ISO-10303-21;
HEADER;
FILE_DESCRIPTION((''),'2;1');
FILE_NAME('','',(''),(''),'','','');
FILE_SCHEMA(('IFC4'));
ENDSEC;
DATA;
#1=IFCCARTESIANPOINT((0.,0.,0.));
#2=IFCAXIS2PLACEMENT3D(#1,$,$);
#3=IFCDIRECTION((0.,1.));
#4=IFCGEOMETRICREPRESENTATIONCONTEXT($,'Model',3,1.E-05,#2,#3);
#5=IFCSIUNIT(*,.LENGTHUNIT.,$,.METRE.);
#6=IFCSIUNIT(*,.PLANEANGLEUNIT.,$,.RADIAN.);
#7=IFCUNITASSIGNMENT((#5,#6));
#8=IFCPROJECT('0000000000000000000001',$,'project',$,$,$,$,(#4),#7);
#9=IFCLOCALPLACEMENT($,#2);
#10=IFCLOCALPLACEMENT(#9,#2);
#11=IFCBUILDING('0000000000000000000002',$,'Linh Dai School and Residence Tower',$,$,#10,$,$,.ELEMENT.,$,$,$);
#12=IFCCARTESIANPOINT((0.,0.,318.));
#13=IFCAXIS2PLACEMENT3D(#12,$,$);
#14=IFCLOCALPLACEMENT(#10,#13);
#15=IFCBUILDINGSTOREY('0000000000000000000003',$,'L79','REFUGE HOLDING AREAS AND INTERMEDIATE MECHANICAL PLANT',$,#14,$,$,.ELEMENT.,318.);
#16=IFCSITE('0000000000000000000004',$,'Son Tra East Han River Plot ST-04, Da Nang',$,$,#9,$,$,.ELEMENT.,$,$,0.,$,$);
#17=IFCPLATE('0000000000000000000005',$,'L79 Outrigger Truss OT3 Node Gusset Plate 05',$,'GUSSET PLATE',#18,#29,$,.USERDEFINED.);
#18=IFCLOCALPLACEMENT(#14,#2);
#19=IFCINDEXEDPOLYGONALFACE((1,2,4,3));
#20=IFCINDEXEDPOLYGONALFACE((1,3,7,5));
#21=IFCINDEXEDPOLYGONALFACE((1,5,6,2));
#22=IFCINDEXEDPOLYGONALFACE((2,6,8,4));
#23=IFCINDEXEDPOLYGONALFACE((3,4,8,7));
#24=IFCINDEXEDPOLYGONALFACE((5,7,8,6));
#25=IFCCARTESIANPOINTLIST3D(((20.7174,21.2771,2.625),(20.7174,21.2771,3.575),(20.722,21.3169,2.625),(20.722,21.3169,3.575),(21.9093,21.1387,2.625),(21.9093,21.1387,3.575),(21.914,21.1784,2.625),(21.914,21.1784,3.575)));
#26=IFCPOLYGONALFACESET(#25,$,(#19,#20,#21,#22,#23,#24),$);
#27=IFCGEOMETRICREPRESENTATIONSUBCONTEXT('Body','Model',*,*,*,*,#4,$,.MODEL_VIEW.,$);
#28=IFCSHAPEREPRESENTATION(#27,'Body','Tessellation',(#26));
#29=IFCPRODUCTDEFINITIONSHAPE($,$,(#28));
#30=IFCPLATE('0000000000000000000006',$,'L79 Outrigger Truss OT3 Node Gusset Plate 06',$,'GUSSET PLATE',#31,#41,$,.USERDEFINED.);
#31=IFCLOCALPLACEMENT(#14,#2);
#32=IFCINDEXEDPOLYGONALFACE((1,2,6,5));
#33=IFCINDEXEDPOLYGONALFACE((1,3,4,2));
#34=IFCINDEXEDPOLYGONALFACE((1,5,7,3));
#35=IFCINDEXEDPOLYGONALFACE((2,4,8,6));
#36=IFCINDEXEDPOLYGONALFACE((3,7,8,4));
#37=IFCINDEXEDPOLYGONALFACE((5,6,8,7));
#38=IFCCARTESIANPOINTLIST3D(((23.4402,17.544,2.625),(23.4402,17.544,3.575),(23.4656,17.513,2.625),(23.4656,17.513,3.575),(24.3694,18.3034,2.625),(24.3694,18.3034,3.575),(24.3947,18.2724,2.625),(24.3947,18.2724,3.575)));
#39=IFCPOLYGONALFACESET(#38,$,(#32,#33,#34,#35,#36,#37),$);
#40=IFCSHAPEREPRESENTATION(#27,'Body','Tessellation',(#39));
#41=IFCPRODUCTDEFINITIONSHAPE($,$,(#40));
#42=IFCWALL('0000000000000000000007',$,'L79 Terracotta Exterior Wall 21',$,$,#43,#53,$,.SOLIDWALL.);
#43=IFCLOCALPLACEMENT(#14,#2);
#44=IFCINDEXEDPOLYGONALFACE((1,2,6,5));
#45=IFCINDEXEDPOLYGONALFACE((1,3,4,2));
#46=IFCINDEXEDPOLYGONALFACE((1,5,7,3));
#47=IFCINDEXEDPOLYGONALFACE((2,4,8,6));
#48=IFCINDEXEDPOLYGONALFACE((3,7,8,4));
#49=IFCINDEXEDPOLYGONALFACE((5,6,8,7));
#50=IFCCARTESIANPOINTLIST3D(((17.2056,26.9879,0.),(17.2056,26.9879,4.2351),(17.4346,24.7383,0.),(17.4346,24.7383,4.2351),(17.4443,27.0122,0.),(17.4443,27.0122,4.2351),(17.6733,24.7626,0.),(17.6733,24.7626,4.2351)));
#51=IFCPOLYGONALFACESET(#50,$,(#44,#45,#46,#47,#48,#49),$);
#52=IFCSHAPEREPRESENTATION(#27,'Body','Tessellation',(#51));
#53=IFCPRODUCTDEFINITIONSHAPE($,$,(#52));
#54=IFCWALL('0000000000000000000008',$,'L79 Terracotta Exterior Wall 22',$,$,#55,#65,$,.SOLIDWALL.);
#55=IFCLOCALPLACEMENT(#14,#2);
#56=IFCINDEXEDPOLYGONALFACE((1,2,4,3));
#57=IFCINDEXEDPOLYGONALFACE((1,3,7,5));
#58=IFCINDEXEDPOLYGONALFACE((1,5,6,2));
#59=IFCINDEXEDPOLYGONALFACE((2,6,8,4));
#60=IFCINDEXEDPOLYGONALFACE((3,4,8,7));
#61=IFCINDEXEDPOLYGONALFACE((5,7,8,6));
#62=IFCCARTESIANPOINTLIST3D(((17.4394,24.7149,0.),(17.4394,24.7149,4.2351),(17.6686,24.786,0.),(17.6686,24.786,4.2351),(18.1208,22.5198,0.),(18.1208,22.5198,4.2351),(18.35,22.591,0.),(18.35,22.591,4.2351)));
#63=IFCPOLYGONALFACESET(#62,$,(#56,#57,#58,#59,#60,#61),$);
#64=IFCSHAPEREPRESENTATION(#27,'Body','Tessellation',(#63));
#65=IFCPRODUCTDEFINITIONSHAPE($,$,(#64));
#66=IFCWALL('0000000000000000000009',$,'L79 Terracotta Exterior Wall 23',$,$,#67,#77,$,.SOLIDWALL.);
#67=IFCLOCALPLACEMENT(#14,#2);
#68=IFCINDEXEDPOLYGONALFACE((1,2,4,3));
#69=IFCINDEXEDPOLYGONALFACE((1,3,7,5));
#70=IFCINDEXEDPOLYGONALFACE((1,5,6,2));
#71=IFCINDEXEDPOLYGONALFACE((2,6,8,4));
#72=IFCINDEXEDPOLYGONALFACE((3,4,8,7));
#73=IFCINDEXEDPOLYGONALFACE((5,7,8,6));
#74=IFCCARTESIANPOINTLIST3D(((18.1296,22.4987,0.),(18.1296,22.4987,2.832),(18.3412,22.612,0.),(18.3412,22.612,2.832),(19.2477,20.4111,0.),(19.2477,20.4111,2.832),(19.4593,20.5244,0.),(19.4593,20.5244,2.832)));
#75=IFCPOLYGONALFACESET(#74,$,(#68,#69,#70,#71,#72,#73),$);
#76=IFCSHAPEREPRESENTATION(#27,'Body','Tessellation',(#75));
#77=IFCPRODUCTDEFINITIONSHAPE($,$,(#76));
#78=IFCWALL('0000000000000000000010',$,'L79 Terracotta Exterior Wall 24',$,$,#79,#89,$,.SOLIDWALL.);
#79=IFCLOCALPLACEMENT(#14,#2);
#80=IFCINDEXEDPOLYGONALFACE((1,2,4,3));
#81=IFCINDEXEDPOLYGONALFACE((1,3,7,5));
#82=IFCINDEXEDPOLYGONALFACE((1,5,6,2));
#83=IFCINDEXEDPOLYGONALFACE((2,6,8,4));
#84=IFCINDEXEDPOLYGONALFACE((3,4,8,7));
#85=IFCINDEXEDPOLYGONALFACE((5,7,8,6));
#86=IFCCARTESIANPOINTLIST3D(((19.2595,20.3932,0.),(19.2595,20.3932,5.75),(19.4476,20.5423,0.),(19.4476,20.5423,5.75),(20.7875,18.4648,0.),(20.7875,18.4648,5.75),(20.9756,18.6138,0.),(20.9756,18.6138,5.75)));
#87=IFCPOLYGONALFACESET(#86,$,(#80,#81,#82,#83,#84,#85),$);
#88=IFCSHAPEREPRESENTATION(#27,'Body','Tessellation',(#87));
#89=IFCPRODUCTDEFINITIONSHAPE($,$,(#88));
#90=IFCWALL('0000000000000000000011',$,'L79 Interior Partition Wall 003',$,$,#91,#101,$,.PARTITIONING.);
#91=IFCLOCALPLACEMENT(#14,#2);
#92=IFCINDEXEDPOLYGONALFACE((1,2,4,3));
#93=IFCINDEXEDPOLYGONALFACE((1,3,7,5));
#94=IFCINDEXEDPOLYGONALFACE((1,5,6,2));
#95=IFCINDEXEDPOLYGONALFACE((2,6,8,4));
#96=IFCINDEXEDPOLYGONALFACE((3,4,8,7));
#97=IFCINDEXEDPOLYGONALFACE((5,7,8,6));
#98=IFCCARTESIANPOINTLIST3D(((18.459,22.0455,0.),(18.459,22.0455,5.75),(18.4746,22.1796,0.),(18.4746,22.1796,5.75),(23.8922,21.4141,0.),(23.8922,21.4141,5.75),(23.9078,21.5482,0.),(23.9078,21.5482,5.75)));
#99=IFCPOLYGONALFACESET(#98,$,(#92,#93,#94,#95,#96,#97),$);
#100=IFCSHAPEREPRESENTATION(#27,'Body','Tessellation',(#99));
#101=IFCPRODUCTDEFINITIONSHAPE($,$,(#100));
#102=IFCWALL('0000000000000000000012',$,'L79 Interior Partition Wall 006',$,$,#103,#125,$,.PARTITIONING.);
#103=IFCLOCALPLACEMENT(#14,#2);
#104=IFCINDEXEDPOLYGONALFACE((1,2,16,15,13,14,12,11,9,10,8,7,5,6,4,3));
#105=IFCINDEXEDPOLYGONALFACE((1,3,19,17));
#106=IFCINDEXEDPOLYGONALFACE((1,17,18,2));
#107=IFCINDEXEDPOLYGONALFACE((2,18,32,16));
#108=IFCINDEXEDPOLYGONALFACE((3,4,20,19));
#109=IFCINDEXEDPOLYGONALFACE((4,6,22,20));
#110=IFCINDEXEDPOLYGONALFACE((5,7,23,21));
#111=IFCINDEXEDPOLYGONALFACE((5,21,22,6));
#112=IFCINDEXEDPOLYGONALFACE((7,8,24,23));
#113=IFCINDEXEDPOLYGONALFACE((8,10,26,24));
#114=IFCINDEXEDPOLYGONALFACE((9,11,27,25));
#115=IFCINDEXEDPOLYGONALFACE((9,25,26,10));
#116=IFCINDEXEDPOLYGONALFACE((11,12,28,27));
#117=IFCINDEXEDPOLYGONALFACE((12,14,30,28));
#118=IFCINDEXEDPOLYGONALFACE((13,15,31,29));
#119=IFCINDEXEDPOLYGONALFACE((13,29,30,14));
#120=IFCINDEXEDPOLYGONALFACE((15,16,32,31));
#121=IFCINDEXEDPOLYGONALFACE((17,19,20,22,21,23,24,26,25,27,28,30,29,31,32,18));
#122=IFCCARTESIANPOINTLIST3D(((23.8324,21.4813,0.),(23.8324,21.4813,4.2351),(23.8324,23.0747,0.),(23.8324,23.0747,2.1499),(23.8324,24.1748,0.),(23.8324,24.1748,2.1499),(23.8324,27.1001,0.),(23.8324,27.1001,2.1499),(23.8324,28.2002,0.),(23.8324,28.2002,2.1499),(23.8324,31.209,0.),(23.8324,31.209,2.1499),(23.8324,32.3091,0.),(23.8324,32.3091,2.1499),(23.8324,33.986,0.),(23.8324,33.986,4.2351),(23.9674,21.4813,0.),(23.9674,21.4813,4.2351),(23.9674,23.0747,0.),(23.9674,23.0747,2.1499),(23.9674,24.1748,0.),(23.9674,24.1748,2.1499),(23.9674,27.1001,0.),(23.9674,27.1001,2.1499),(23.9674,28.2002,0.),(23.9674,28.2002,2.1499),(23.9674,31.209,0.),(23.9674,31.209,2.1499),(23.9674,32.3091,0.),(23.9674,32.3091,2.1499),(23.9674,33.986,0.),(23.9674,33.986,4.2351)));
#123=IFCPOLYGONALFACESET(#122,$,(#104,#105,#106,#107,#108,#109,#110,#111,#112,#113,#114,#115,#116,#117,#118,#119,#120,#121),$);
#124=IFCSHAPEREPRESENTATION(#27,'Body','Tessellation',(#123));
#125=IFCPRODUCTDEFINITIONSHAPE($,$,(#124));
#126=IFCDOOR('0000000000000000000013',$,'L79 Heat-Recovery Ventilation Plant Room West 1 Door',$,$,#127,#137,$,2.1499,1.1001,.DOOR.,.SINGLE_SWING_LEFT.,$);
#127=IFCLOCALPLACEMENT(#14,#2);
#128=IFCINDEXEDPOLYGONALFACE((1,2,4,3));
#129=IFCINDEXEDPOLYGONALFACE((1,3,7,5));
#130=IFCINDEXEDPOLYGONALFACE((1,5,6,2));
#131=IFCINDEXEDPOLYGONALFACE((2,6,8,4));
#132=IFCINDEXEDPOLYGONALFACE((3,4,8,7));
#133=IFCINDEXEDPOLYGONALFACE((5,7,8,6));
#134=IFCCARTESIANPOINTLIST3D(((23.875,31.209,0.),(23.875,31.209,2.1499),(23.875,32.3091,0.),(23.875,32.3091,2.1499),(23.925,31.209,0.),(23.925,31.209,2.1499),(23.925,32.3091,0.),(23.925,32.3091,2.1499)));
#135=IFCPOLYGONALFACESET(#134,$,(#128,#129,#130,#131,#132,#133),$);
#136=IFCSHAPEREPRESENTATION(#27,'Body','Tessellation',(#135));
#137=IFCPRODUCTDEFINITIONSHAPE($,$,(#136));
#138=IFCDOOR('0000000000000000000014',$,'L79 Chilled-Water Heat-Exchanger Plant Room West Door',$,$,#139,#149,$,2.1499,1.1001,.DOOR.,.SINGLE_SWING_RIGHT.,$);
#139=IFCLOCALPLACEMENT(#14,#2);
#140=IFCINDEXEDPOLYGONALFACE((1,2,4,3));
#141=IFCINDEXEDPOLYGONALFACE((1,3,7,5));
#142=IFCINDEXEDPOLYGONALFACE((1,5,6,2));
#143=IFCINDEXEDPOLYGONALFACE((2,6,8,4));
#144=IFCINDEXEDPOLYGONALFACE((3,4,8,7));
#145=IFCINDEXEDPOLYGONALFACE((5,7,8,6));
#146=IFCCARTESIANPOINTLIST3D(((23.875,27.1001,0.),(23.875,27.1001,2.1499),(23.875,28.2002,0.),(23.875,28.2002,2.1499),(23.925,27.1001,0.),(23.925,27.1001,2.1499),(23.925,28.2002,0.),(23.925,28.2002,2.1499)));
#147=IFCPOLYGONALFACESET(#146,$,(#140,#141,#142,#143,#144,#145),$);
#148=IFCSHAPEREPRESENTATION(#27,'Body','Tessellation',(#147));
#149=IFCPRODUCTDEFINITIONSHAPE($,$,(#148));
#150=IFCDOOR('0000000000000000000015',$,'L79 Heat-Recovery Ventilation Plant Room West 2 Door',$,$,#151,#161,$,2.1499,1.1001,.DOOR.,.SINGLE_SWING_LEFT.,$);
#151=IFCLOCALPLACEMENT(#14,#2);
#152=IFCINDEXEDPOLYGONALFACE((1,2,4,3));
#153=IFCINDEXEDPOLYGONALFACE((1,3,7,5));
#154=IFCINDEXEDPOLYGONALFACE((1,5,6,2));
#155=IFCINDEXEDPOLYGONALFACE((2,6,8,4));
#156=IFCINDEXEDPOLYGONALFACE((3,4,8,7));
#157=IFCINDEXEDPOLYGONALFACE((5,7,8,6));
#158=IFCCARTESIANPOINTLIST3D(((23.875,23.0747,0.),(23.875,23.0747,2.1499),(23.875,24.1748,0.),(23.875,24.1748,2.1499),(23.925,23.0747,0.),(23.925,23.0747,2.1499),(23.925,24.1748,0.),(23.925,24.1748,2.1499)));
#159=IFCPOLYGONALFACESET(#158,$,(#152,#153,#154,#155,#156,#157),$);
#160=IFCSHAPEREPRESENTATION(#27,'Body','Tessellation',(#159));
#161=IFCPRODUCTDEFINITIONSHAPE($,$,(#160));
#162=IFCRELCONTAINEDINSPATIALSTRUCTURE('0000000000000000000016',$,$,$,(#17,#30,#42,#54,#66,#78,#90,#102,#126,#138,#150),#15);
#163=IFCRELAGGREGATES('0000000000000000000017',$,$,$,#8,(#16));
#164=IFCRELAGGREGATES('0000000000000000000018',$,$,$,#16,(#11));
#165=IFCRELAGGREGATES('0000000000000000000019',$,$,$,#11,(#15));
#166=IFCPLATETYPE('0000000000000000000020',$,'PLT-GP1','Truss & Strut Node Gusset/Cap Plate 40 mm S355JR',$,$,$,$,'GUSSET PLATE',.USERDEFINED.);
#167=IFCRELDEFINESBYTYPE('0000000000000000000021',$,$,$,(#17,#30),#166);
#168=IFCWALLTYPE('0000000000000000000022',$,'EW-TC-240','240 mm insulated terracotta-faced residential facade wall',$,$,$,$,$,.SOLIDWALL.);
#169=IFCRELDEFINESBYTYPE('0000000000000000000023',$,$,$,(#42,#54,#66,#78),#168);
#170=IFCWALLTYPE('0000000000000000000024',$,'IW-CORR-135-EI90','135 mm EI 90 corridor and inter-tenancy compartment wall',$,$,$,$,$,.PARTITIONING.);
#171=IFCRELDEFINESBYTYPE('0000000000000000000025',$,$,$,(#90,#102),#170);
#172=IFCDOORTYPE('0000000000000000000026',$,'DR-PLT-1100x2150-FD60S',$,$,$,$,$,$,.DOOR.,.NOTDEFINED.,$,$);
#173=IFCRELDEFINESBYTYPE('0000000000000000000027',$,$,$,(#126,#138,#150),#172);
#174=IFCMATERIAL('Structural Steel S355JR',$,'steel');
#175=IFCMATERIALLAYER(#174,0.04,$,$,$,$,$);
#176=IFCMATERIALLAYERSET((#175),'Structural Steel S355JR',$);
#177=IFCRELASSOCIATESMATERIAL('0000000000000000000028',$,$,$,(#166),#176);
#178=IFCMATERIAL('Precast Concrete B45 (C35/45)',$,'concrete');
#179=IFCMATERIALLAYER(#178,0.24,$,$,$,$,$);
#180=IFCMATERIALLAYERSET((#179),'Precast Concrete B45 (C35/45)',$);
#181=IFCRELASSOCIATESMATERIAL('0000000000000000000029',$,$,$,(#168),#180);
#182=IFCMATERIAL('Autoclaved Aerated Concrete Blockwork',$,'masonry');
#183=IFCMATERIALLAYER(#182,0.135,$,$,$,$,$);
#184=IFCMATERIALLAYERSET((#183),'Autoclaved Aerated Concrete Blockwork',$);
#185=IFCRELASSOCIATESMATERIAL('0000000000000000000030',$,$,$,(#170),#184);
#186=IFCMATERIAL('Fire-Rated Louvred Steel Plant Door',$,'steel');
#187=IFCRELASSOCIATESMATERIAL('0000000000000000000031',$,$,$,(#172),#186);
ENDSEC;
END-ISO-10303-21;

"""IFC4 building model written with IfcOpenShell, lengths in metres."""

from ifc_helpers import new_model, si_unit, direction, frame, frame_2d, origin, origin_2d, place, context, subcontext, project, spatial, rectangle, extrude, source, transform, mapped, material, layer, layer_set, type_object, element, fill, save


model = new_model("IFC4")

# Units and contexts
model_context = context("Model", 3, precision=1e-05, world=origin(), true_north=direction((0.0, 1.0)))
body_context = subcontext(model_context, "Body", "Model", "MODEL_VIEW")
ifc_project = project(units=[si_unit("LENGTHUNIT", "METRE"), si_unit("PLANEANGLEUNIT", "RADIAN")], contexts=[model_context])

# Site, building, storey
site_placement = place(None, origin())
site = spatial("IfcSite", under=ifc_project, at=site_placement, Name="Son Tra East Han River Plot ST-04, Da Nang", CompositionType="ELEMENT", RefElevation=0.0)
building_placement = place(site_placement, origin())
building = spatial("IfcBuilding", under=site, at=building_placement, Name="Linh Dai School and Residence Tower", CompositionType="ELEMENT")
storey_placement = place(building_placement, frame((0.0, 0.0, 318.0)))
storey = spatial("IfcBuildingStorey", under=building, at=storey_placement, Name="L79", Description="REFUGE HOLDING AREAS AND INTERMEDIATE MECHANICAL PLANT", CompositionType="ELEMENT", Elevation=318.0)

# Shared definitions
ifc_material_1 = material(Name="Structural Steel S355JR", Category="steel")

# Plates
ifc_layer_1 = layer(ifc_material_1, 0.04)
ifc_layer_set_1 = layer_set([ifc_layer_1], Name="Structural Steel S355JR")
plate_type = type_object("IfcPlateType", Name="PLT-GP1", Description="Truss & Strut Node Gusset/Cap Plate 40 mm S355JR", ElementType="GUSSET PLATE", PredefinedType="USERDEFINED", material=ifc_layer_set_1)
shared_shape_1 = source(origin(), body_context, "Body", "SweptSolid", [
    extrude(rectangle(XDim=1.2, YDim=0.04, at=origin_2d()), origin(), (0.0, 0.0, 1.0), 0.95),
])
for number, where, z_axis, x_axis, name in (
    (1, (21.3157, 21.2278, 2.625), (0.0, 0.0, 1.0), (-0.993319, 0.1154, 0.0), "L79 Outrigger Truss OT3 Node Gusset Plate 05"),
    (2, (23.9175, 17.9082, 2.625), (0.0, 0.0, 1.0), (-0.774325, -0.632789, 0.0), "L79 Outrigger Truss OT3 Node Gusset Plate 06"),
):
    element("IfcPlate", number, at=place(storey_placement, frame(where, z_axis=z_axis, x_axis=x_axis)), inside=storey, type_object=plate_type, Name=name, ObjectType="GUSSET PLATE", PredefinedType="USERDEFINED", context=body_context, shape_type="MappedRepresentation", body=[
        mapped(shared_shape_1, transform((0.0, 0.0, 0.0), x_axis=(1.0, 0.0, 0.0), y_axis=(0.0, 1.0, 0.0), z_axis=(0.0, 0.0, 1.0), scale=1.0)),
    ])

# Walls
ifc_material_2 = material(Name="Precast Concrete B45 (C35/45)", Category="concrete")
ifc_layer_2 = layer(ifc_material_2, 0.24)
ifc_layer_set_2 = layer_set([ifc_layer_2], Name="Precast Concrete B45 (C35/45)")
wall_type_1 = type_object("IfcWallType", Name="EW-TC-240", Description="240 mm insulated terracotta-faced residential facade wall", PredefinedType="SOLIDWALL", material=ifc_layer_set_2)
wall_1_placement = place(storey_placement, frame((17.554, 24.7505, 0.0), z_axis=(0.0, 0.0, 1.0), x_axis=(-0.101278, 0.994858, 0.0)))
element("IfcWall", 3, at=wall_1_placement, inside=storey, type_object=wall_type_1, Name="L79 Terracotta Exterior Wall 21", PredefinedType="SOLIDWALL", context=body_context, shape_type="SweptSolid", body=[
    extrude(rectangle(XDim=2.2612, YDim=0.24, at=frame_2d((1.1306, 0.0))), origin(), (0.0, 0.0, 1.0), 4.2351),
])
wall_2_placement = place(storey_placement, frame((18.2354, 22.5554, 0.0), z_axis=(0.0, 0.0, 1.0), x_axis=(-0.296466, 0.955043, 0.0)))
element("IfcWall", 4, at=wall_2_placement, inside=storey, type_object=wall_type_1, Name="L79 Terracotta Exterior Wall 22", PredefinedType="SOLIDWALL", context=body_context, shape_type="SweptSolid", body=[
    extrude(rectangle(XDim=2.2983, YDim=0.24, at=frame_2d((1.1492, 0.0))), origin(), (0.0, 0.0, 1.0), 4.2351),
])
wall_3_placement = place(storey_placement, frame((19.3535, 20.4678, 0.0), z_axis=(0.0, 0.0, 1.0), x_axis=(-0.47215, 0.881518, 0.0)))
element("IfcWall", 5, at=wall_3_placement, inside=storey, type_object=wall_type_1, Name="L79 Terracotta Exterior Wall 23", PredefinedType="SOLIDWALL", context=body_context, shape_type="SweptSolid", body=[
    extrude(rectangle(XDim=2.3682, YDim=0.24, at=frame_2d((1.1841, 0.0))), origin(), (0.0, 0.0, 1.0), 2.832),
])
wall_4_placement = place(storey_placement, frame((20.8816, 18.5393, 0.0), z_axis=(0.0, 0.0, 1.0), x_axis=(-0.621046, 0.783774, 0.0)))
element("IfcWall", 6, at=wall_4_placement, inside=storey, type_object=wall_type_1, Name="L79 Terracotta Exterior Wall 24", PredefinedType="SOLIDWALL", context=body_context, shape_type="SweptSolid", body=[
    extrude(rectangle(XDim=2.4604, YDim=0.24, at=frame_2d((1.2302, 0.0))), origin(), (0.0, 0.0, 1.0), 5.75),
])
ifc_material_3 = material(Name="Autoclaved Aerated Concrete Blockwork", Category="masonry")
ifc_layer_3 = layer(ifc_material_3, 0.135)
ifc_layer_set_3 = layer_set([ifc_layer_3], Name="Autoclaved Aerated Concrete Blockwork")
wall_type_2 = type_object("IfcWallType", Name="IW-CORR-135-EI90", Description="135 mm EI 90 corridor and inter-tenancy compartment wall", PredefinedType="PARTITIONING", material=ifc_layer_set_3)
wall_5_placement = place(storey_placement, frame((18.4668, 22.1125, 0.0), z_axis=(0.0, 0.0, 1.0), x_axis=(0.993316, -0.115427, 0.0)))
element("IfcWall", 7, at=wall_5_placement, inside=storey, type_object=wall_type_2, Name="L79 Interior Partition Wall 003", PredefinedType="PARTITIONING", context=body_context, shape_type="SweptSolid", body=[
    extrude(rectangle(XDim=5.4697, YDim=0.135, at=frame_2d((2.7349, 0.0))), origin(), (0.0, 0.0, 1.0), 5.75),
])

# Wall, openings, doors
wall_6_placement = place(storey_placement, frame((23.8999, 21.4812, 0.0), z_axis=(0.0, 0.0, 1.0), x_axis=(0.0, 1.0, 0.0)))
wall_6 = element("IfcWall", 8, at=wall_6_placement, inside=storey, type_object=wall_type_2, Name="L79 Interior Partition Wall 006", PredefinedType="PARTITIONING", context=body_context, shape_type="SweptSolid", body=[
    extrude(rectangle(XDim=12.5046, YDim=0.135, at=frame_2d((6.2524, 0.0))), origin(), (0.0, 0.0, 1.0), 4.2351),
])
opening_1_placement = place(wall_6_placement, frame((9.7278, 0.0, 0.0)))
opening_1 = element("IfcOpeningElement", 9, at=opening_1_placement, cuts=wall_6, PredefinedType="OPENING", context=body_context, shape_type="SweptSolid", body=[
    extrude(rectangle(XDim=1.1001, YDim=2.1499, at=origin_2d()), frame((0.55, 0.0776, 1.075), z_axis=(0.0, -1.0, 0.0), x_axis=(1.0, 0.0, 0.0)), (0.0, 0.0, 1.0), 0.155),
])
opening_2_placement = place(wall_6_placement, frame((5.6189, 0.0, 0.0)))
opening_2 = element("IfcOpeningElement", 10, at=opening_2_placement, cuts=wall_6, PredefinedType="OPENING", context=body_context, shape_type="SweptSolid", body=[
    extrude(rectangle(XDim=1.1001, YDim=2.1499, at=origin_2d()), frame((0.55, 0.0776, 1.075), z_axis=(0.0, -1.0, 0.0), x_axis=(1.0, 0.0, 0.0)), (0.0, 0.0, 1.0), 0.155),
])
opening_3_placement = place(wall_6_placement, frame((1.5935, 0.0, 0.0)))
opening_3 = element("IfcOpeningElement", 11, at=opening_3_placement, cuts=wall_6, PredefinedType="OPENING", context=body_context, shape_type="SweptSolid", body=[
    extrude(rectangle(XDim=1.1001, YDim=2.1499, at=origin_2d()), frame((0.55, 0.0776, 1.075), z_axis=(0.0, -1.0, 0.0), x_axis=(1.0, 0.0, 0.0)), (0.0, 0.0, 1.0), 0.155),
])
ifc_material_4 = material(Name="Fire-Rated Louvred Steel Plant Door", Category="steel")
door_type = type_object("IfcDoorType", Name="DR-PLT-1100x2150-FD60S", OperationType="NOTDEFINED", PredefinedType="DOOR", material=ifc_material_4)
shared_shape_2 = source(origin(), body_context, "Body", "SweptSolid", [
    extrude(rectangle(XDim=1.1001, YDim=2.1499, at=origin_2d()), frame((0.55, 0.0249, 1.075), z_axis=(0.0, -1.0, 0.0), x_axis=(1.0, 0.0, 0.0)), (0.0, 0.0, 1.0), 0.05),
])
door_1_placement = place(opening_1_placement, origin())
door_1 = element("IfcDoor", 12, at=door_1_placement, inside=storey, type_object=door_type, Name="L79 Heat-Recovery Ventilation Plant Room West 1 Door", OperationType="SINGLE_SWING_LEFT", OverallHeight=2.1499, OverallWidth=1.1001, PredefinedType="DOOR", context=body_context, shape_type="MappedRepresentation", body=[
    mapped(shared_shape_2, transform((0.0, 0.0, 0.0), x_axis=(1.0, 0.0, 0.0), y_axis=(0.0, 1.0, 0.0), z_axis=(0.0, 0.0, 1.0), scale=1.0)),
])
fill(opening_1, door_1)
door_2_placement = place(opening_2_placement, origin())
door_2 = element("IfcDoor", 13, at=door_2_placement, inside=storey, type_object=door_type, Name="L79 Chilled-Water Heat-Exchanger Plant Room West Door", OperationType="SINGLE_SWING_RIGHT", OverallHeight=2.1499, OverallWidth=1.1001, PredefinedType="DOOR", context=body_context, shape_type="MappedRepresentation", body=[
    mapped(shared_shape_2, transform((0.0, 0.0, 0.0), x_axis=(1.0, 0.0, 0.0), y_axis=(0.0, 1.0, 0.0), z_axis=(0.0, 0.0, 1.0), scale=1.0)),
])
fill(opening_2, door_2)
door_3_placement = place(opening_3_placement, origin())
door_3 = element("IfcDoor", 14, at=door_3_placement, inside=storey, type_object=door_type, Name="L79 Heat-Recovery Ventilation Plant Room West 2 Door", OperationType="SINGLE_SWING_LEFT", OverallHeight=2.1499, OverallWidth=1.1001, PredefinedType="DOOR", context=body_context, shape_type="MappedRepresentation", body=[
    mapped(shared_shape_2, transform((0.0, 0.0, 0.0), x_axis=(1.0, 0.0, 0.0), y_axis=(0.0, 1.0, 0.0), z_axis=(0.0, 0.0, 1.0), scale=1.0)),
])
fill(opening_3, door_3)

save(model, "model.ifc")
